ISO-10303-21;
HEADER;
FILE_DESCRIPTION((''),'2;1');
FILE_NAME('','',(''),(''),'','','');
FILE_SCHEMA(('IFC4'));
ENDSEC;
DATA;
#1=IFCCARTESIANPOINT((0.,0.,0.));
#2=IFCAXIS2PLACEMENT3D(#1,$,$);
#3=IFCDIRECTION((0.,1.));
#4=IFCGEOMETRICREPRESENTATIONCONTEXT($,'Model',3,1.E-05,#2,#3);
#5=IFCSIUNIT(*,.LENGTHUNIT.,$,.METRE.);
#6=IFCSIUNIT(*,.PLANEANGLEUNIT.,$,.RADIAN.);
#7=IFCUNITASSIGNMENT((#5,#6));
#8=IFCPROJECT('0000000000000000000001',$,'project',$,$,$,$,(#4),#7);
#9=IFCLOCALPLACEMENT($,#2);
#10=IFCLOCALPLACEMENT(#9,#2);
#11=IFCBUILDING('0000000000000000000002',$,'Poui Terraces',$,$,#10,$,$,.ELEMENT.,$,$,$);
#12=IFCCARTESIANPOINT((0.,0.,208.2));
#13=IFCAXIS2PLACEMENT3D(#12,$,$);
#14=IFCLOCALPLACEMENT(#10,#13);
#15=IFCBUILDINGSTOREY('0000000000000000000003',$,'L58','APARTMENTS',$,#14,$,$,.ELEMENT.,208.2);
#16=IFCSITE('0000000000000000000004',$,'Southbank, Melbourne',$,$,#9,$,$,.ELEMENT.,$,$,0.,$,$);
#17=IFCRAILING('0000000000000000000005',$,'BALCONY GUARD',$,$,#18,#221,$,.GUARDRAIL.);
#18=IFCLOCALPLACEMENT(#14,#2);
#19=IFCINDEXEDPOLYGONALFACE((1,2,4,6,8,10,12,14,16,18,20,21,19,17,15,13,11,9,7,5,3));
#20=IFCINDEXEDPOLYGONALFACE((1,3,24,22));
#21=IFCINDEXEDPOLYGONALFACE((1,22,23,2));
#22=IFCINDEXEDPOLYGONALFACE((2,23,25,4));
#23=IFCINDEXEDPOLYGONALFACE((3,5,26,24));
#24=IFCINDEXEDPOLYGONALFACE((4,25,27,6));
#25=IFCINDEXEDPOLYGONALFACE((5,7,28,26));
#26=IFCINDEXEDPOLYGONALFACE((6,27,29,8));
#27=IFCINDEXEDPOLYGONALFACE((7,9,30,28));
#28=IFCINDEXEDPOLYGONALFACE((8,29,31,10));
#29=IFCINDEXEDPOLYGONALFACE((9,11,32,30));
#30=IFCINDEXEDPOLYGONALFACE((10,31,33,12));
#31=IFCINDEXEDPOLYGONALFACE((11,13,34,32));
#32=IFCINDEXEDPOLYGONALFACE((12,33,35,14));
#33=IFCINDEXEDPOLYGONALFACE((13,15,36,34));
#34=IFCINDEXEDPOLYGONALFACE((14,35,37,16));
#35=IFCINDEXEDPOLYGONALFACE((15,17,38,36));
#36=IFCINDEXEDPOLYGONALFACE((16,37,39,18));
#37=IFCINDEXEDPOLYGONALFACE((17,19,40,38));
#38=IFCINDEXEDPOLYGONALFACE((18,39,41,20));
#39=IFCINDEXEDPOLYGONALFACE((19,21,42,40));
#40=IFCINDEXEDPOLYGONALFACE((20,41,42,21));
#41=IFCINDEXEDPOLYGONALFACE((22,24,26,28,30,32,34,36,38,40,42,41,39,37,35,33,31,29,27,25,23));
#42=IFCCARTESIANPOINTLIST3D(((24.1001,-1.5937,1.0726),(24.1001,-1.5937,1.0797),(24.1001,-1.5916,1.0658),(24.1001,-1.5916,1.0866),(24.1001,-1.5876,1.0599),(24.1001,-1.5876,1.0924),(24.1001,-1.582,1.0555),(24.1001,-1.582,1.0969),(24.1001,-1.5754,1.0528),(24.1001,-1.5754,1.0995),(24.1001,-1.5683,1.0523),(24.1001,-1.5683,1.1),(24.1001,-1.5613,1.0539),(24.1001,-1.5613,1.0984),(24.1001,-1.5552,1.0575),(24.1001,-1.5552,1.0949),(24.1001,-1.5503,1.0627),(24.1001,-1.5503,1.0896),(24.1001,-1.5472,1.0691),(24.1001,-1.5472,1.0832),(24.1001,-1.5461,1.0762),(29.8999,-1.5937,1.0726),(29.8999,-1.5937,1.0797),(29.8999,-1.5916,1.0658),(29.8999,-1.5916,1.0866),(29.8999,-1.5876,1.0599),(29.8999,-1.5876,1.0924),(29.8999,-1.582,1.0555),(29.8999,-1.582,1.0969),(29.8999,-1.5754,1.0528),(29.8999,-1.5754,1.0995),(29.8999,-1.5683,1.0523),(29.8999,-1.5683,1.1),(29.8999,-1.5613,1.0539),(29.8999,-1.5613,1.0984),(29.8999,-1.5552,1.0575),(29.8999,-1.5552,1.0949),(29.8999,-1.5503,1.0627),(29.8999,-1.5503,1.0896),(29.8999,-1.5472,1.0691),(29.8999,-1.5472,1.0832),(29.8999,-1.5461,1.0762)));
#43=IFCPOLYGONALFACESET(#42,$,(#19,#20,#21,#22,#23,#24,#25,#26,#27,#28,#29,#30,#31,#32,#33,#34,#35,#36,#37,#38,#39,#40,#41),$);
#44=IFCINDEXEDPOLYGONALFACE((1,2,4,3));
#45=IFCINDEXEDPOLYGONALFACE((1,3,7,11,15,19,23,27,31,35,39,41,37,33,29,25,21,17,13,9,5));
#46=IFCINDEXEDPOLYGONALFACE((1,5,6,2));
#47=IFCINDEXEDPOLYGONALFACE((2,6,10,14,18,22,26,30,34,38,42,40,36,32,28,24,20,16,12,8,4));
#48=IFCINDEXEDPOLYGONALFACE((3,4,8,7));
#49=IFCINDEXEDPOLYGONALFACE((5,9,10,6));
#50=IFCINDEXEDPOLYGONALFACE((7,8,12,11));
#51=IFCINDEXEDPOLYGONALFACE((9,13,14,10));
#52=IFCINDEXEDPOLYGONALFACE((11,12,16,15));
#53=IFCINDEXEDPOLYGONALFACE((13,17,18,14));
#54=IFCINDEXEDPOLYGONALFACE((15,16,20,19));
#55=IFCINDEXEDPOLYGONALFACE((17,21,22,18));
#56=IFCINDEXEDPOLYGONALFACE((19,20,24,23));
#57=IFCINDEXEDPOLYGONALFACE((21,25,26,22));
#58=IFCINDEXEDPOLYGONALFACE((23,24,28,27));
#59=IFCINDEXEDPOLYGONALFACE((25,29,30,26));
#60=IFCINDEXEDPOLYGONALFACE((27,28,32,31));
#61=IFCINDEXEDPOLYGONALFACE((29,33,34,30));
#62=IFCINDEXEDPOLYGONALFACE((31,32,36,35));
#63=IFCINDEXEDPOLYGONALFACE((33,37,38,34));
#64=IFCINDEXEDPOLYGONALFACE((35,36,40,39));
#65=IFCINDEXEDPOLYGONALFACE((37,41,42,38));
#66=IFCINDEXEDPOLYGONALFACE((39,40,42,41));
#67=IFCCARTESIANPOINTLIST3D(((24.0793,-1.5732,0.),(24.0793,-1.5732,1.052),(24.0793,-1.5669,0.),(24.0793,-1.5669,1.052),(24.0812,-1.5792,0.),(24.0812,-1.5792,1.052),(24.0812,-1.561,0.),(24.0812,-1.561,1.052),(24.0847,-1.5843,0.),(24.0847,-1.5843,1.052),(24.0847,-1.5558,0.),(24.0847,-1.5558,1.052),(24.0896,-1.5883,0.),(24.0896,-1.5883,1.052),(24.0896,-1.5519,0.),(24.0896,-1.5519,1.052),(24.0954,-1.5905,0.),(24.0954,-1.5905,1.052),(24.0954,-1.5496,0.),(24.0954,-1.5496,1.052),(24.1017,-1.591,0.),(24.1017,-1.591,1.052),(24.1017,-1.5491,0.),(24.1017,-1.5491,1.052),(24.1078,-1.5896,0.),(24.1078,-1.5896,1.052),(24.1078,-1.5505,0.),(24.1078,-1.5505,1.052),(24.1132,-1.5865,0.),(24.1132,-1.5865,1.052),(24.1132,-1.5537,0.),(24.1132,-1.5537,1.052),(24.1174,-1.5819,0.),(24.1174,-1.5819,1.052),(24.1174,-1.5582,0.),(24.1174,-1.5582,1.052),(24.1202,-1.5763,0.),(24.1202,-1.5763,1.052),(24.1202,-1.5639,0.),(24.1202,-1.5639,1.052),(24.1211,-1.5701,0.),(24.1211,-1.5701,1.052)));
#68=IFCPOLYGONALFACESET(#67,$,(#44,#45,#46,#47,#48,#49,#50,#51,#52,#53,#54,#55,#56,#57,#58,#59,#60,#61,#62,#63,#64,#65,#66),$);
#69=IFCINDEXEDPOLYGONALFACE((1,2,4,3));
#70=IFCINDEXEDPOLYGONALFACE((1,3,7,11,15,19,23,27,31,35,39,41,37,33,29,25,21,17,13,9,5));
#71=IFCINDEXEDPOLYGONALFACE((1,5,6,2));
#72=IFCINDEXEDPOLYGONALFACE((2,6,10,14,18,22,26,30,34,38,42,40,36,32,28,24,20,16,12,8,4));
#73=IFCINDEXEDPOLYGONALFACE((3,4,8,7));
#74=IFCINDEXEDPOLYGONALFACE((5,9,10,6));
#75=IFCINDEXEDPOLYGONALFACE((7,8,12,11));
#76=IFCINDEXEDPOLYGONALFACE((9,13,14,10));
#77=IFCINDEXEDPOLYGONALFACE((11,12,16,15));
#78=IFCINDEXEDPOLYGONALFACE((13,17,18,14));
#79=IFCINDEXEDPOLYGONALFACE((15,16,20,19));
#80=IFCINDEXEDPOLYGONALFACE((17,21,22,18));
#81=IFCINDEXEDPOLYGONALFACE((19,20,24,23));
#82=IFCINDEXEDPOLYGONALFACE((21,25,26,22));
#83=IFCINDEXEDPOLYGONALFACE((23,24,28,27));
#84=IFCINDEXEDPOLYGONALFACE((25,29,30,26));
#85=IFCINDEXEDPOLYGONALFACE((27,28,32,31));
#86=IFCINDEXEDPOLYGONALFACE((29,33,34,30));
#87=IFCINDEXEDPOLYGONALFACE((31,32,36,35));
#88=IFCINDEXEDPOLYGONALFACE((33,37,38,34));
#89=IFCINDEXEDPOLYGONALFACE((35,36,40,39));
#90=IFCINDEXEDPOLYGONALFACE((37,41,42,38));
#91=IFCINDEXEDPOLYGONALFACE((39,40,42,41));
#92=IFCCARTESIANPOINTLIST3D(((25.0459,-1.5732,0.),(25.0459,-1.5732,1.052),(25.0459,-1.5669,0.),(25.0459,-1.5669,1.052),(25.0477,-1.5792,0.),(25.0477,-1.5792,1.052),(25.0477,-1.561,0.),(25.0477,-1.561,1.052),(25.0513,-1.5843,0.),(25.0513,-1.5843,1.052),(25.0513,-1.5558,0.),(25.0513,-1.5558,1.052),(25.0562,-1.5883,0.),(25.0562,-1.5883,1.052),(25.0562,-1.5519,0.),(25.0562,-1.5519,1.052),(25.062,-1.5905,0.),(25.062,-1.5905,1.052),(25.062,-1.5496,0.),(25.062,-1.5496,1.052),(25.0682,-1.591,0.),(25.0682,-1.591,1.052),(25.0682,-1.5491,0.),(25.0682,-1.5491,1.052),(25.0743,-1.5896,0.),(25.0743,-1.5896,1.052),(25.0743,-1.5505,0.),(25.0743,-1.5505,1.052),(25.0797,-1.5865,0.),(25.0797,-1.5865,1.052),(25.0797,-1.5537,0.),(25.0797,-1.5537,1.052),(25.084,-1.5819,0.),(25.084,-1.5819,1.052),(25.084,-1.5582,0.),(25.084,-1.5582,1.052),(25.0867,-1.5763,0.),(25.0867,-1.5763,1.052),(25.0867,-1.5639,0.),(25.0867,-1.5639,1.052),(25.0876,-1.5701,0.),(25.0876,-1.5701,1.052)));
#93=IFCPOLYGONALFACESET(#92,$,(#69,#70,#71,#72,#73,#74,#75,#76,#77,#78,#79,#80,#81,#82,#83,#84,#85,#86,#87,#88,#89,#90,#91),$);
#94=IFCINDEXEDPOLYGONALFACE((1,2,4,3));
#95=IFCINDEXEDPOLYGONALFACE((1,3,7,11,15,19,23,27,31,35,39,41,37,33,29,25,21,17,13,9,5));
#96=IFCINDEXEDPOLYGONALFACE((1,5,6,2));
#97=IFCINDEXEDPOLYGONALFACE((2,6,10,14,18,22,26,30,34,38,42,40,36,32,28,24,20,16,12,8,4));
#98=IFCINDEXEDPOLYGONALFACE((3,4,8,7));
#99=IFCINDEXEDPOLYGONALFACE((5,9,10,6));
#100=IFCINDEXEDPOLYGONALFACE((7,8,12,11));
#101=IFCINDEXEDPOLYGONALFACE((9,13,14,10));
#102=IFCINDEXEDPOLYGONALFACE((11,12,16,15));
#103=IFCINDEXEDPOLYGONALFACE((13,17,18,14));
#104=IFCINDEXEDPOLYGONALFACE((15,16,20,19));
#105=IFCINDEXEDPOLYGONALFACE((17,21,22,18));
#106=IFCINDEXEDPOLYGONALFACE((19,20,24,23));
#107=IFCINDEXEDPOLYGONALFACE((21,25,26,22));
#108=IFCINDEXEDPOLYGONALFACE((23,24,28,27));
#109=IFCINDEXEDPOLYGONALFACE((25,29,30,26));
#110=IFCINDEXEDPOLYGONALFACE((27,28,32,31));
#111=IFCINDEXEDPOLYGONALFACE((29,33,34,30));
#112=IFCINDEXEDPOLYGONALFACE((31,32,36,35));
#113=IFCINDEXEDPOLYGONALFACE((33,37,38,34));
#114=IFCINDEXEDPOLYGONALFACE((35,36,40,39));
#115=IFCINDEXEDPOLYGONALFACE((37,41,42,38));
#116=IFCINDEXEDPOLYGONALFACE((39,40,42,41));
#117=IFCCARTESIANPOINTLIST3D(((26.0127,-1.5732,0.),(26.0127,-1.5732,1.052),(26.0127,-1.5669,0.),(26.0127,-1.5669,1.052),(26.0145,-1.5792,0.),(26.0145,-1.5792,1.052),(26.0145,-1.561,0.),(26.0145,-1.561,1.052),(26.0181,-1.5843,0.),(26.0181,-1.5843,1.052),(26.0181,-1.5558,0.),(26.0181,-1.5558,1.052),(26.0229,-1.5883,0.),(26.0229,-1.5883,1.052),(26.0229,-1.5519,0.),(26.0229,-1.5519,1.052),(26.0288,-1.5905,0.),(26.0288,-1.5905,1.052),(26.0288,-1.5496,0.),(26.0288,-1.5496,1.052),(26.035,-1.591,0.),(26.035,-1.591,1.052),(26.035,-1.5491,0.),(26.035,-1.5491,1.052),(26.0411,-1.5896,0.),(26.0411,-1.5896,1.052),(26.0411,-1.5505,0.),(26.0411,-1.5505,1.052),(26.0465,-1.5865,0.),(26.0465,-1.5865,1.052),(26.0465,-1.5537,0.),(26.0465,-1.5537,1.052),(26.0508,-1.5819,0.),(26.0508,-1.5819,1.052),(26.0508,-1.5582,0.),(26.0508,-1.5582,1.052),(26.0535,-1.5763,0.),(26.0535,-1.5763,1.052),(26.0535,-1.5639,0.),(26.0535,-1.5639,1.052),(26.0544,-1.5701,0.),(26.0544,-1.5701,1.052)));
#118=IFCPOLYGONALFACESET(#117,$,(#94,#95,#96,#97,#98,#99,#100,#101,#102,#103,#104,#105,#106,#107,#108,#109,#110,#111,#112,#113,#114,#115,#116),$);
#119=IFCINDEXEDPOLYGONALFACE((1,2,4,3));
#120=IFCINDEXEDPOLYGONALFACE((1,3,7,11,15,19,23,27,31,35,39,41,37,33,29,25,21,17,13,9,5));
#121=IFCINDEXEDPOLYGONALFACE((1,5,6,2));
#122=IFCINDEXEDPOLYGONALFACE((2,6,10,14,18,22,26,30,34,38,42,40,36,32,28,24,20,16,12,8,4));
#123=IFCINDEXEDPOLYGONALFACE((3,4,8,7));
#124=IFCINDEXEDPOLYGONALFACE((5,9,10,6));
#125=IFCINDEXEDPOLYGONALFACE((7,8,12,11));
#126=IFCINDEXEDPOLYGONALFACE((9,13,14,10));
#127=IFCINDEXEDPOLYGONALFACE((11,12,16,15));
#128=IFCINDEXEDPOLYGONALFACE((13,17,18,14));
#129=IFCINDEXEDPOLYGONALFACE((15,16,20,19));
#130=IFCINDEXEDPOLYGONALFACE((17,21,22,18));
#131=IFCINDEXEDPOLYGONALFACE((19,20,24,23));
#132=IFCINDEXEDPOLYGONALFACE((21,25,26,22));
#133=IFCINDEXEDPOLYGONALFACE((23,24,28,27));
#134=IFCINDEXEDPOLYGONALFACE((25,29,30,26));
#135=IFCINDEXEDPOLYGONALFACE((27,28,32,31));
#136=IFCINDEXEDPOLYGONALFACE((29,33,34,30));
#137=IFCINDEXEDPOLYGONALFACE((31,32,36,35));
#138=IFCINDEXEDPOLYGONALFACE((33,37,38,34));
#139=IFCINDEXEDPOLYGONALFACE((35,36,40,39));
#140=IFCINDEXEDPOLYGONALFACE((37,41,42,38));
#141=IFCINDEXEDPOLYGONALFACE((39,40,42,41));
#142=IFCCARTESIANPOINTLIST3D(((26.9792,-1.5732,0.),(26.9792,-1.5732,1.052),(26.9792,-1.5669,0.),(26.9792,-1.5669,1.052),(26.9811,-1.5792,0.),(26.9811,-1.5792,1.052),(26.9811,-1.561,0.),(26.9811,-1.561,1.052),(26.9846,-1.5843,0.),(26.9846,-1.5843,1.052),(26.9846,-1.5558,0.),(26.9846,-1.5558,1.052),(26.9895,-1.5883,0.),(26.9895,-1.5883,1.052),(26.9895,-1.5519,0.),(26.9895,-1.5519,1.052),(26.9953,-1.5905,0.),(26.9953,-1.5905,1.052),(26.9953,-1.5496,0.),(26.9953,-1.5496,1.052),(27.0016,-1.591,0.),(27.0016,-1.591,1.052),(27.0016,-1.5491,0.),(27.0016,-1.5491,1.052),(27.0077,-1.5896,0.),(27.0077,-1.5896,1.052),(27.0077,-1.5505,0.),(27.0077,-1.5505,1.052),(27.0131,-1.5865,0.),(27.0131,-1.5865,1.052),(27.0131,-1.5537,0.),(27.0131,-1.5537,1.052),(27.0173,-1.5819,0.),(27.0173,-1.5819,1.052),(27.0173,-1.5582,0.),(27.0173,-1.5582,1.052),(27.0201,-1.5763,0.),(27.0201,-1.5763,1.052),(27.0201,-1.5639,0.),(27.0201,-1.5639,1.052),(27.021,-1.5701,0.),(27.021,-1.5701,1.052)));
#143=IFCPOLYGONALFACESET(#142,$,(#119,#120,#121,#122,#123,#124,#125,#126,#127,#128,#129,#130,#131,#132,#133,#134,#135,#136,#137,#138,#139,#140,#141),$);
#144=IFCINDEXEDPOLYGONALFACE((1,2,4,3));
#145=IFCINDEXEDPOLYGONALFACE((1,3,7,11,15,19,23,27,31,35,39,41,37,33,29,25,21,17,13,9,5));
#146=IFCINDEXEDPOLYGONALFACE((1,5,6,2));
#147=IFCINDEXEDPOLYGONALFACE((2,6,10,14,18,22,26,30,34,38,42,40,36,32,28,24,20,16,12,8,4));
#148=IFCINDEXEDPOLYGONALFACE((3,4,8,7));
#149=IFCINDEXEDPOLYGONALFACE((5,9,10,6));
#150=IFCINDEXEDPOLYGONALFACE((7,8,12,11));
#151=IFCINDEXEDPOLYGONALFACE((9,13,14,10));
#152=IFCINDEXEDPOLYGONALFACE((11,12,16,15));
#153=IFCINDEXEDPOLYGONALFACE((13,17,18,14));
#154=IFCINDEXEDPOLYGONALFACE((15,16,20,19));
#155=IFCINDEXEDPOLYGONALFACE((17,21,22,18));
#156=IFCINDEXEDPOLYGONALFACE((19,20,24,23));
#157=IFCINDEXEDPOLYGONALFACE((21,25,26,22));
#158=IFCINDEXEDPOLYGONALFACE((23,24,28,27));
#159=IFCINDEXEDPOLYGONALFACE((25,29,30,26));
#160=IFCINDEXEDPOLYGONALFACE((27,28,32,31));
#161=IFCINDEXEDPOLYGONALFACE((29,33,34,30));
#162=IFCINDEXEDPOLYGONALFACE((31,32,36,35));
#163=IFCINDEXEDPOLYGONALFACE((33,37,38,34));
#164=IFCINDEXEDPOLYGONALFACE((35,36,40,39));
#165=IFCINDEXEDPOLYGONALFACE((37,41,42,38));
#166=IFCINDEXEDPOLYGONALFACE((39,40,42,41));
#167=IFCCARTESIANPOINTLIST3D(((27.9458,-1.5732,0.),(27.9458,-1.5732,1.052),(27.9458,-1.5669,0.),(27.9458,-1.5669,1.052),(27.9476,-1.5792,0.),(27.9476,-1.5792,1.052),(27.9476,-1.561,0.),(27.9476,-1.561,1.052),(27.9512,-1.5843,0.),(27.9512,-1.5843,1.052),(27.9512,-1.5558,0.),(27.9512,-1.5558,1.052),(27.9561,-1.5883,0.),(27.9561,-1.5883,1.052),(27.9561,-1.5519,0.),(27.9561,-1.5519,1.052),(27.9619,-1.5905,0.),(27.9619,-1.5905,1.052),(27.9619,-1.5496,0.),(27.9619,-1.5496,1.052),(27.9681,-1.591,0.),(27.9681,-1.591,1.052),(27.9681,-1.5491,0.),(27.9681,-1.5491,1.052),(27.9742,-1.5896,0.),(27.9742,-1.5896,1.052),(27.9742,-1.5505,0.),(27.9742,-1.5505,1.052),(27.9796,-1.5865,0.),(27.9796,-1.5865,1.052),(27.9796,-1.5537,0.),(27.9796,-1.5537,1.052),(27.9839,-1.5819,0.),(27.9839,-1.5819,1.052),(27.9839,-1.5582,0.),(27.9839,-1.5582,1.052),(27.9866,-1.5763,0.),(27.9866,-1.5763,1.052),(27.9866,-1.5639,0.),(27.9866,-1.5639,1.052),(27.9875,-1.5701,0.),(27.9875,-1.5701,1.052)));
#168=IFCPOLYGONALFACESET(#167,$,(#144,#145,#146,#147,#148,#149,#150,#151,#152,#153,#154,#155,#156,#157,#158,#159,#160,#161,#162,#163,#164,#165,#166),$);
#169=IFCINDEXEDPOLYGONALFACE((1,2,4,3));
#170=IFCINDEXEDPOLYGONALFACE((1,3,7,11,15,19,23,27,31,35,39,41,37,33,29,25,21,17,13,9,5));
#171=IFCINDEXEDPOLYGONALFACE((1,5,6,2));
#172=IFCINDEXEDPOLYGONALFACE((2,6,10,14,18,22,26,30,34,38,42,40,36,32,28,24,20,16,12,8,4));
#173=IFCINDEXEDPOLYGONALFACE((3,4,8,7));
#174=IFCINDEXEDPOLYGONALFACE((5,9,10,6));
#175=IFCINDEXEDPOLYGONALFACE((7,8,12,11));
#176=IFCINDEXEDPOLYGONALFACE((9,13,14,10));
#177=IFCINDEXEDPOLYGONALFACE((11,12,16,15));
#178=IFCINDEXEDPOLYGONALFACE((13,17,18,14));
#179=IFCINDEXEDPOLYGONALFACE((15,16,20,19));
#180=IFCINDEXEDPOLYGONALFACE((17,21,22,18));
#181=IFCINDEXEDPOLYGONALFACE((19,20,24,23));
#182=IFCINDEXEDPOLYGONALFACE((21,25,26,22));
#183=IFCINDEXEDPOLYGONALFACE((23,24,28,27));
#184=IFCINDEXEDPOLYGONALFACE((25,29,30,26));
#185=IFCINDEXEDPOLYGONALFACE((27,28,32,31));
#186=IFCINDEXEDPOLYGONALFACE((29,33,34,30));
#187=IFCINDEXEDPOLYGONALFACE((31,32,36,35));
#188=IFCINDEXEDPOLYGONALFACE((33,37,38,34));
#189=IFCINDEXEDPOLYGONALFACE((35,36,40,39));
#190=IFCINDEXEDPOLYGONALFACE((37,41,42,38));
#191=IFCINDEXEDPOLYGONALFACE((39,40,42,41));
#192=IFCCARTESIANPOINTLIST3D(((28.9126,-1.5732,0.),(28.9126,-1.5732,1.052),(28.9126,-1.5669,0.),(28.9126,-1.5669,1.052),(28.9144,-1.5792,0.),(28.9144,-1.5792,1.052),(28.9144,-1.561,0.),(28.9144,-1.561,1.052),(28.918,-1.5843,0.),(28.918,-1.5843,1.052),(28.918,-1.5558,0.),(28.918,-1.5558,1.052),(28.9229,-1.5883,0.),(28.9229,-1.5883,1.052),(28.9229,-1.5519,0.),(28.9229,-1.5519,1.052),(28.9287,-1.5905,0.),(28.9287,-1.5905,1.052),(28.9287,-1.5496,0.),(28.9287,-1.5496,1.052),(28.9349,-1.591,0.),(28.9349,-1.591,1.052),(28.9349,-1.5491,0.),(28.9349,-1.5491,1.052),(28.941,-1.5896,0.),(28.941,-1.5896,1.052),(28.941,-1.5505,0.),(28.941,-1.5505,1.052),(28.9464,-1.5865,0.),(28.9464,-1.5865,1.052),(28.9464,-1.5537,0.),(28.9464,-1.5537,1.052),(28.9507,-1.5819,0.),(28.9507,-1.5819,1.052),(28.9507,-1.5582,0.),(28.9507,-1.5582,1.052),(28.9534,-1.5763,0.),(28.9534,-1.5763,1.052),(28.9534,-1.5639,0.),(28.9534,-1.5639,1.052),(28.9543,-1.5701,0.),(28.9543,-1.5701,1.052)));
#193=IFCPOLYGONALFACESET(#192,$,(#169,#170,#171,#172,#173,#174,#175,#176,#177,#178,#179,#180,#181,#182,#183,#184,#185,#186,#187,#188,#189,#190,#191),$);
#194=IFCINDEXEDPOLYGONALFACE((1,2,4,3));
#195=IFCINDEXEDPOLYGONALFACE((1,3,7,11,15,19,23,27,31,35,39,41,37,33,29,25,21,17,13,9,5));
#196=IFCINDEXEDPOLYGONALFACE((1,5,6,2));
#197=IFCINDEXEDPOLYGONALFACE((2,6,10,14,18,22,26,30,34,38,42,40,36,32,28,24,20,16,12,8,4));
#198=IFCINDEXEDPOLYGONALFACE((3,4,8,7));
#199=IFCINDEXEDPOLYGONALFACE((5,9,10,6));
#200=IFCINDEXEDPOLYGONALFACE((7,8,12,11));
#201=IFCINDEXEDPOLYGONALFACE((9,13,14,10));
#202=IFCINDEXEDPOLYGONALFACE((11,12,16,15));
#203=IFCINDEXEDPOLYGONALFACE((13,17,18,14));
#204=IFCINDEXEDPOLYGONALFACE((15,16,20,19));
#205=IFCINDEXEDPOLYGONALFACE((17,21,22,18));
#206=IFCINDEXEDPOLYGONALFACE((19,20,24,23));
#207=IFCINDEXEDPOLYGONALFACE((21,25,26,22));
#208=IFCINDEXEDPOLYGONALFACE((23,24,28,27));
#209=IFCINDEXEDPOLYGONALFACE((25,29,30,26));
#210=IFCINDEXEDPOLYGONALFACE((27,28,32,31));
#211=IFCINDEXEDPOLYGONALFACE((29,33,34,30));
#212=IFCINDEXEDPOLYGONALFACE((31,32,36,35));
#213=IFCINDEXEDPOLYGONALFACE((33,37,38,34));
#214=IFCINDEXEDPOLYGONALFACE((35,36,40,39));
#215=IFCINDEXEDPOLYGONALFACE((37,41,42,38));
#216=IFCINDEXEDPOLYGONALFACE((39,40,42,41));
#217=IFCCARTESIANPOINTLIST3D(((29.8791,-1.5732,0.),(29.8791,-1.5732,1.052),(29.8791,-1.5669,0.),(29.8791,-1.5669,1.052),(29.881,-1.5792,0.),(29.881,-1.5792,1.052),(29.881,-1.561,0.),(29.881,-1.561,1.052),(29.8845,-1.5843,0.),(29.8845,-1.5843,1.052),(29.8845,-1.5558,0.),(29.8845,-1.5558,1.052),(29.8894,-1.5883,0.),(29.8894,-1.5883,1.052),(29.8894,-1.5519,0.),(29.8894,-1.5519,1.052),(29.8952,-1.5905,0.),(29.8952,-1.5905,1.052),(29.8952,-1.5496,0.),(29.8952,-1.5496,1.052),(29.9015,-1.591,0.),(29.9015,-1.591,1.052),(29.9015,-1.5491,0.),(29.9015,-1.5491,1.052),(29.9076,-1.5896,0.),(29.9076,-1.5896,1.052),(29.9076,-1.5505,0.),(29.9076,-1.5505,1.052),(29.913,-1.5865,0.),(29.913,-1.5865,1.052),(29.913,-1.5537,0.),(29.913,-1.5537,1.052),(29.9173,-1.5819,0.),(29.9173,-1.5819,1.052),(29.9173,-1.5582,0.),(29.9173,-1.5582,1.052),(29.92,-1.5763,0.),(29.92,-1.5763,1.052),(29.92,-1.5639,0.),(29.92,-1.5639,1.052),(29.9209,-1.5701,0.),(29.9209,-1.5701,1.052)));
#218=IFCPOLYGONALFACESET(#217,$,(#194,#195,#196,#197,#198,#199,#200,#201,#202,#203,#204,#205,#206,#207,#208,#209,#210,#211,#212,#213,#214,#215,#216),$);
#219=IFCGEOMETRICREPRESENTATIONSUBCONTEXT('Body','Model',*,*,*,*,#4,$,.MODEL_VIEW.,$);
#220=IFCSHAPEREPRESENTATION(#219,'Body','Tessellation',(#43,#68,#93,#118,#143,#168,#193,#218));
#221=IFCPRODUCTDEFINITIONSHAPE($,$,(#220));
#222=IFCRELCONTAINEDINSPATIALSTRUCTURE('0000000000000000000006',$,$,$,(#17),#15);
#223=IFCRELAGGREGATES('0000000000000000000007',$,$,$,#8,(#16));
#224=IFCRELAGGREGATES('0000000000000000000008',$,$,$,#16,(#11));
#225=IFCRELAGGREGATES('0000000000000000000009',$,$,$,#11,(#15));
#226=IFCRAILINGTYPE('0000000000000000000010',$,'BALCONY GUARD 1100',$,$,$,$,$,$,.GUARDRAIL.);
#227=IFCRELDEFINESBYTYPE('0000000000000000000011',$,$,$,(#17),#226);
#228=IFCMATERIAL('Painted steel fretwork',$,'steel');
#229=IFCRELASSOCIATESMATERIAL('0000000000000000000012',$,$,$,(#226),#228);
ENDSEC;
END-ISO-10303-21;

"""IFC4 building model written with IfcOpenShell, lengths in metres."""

from ifc_helpers import new_model, si_unit, direction, frame, origin, origin_2d, place, context, subcontext, project, spatial, circle, extrude, material, type_object, element, save


model = new_model("IFC4")

# Units and contexts
model_context = context("Model", 3, precision=1e-05, world=origin(), true_north=direction((0.0, 1.0)))
body_context = subcontext(model_context, "Body", "Model", "MODEL_VIEW")
ifc_project = project(units=[si_unit("LENGTHUNIT", "METRE"), si_unit("PLANEANGLEUNIT", "RADIAN")], contexts=[model_context])

# Site, building, storey
site_placement = place(None, origin())
site = spatial("IfcSite", under=ifc_project, at=site_placement, Name="Southbank, Melbourne", CompositionType="ELEMENT", RefElevation=0.0)
building_placement = place(site_placement, origin())
building = spatial("IfcBuilding", under=site, at=building_placement, Name="Poui Terraces", CompositionType="ELEMENT")
storey_placement = place(building_placement, frame((0.0, 0.0, 208.2)))
storey = spatial("IfcBuildingStorey", under=building, at=storey_placement, Name="L58", Description="APARTMENTS", CompositionType="ELEMENT", Elevation=208.2)

# Railing
ifc_material_1 = material(Name="Painted steel fretwork", Category="steel")
railing_type = type_object("IfcRailingType", Name="BALCONY GUARD 1100", PredefinedType="GUARDRAIL", material=ifc_material_1)
railing_placement = place(storey_placement, frame((24.1001, -1.5701, 0.0)))
element("IfcRailing", 1, at=railing_placement, inside=storey, type_object=railing_type, Name="BALCONY GUARD", PredefinedType="GUARDRAIL", context=body_context, shape_type="SweptSolid", body=[
    extrude(circle(Radius=0.0239, at=origin_2d()), frame((0.0, 0.0, 1.0762), z_axis=(1.0, 0.0, 0.0), x_axis=(0.0, 1.0, 0.0)), (0.0, 0.0, 1.0), 5.7998),
    extrude(circle(Radius=0.021, at=origin_2d()), origin(), (0.0, 0.0, 1.0), 1.052),
    extrude(circle(Radius=0.021, at=origin_2d()), frame((0.9666, 0.0, 0.0)), (0.0, 0.0, 1.0), 1.052),
    extrude(circle(Radius=0.021, at=origin_2d()), frame((1.9333, 0.0, 0.0)), (0.0, 0.0, 1.0), 1.052),
    extrude(circle(Radius=0.021, at=origin_2d()), frame((2.8999, 0.0, 0.0)), (0.0, 0.0, 1.0), 1.052),
    extrude(circle(Radius=0.021, at=origin_2d()), frame((3.8665, 0.0, 0.0)), (0.0, 0.0, 1.0), 1.052),
    extrude(circle(Radius=0.021, at=origin_2d()), frame((4.8333, 0.0, 0.0)), (0.0, 0.0, 1.0), 1.052),
    extrude(circle(Radius=0.021, at=origin_2d()), frame((5.7998, 0.0, 0.0)), (0.0, 0.0, 1.0), 1.052),
])

save(model, "model.ifc")
